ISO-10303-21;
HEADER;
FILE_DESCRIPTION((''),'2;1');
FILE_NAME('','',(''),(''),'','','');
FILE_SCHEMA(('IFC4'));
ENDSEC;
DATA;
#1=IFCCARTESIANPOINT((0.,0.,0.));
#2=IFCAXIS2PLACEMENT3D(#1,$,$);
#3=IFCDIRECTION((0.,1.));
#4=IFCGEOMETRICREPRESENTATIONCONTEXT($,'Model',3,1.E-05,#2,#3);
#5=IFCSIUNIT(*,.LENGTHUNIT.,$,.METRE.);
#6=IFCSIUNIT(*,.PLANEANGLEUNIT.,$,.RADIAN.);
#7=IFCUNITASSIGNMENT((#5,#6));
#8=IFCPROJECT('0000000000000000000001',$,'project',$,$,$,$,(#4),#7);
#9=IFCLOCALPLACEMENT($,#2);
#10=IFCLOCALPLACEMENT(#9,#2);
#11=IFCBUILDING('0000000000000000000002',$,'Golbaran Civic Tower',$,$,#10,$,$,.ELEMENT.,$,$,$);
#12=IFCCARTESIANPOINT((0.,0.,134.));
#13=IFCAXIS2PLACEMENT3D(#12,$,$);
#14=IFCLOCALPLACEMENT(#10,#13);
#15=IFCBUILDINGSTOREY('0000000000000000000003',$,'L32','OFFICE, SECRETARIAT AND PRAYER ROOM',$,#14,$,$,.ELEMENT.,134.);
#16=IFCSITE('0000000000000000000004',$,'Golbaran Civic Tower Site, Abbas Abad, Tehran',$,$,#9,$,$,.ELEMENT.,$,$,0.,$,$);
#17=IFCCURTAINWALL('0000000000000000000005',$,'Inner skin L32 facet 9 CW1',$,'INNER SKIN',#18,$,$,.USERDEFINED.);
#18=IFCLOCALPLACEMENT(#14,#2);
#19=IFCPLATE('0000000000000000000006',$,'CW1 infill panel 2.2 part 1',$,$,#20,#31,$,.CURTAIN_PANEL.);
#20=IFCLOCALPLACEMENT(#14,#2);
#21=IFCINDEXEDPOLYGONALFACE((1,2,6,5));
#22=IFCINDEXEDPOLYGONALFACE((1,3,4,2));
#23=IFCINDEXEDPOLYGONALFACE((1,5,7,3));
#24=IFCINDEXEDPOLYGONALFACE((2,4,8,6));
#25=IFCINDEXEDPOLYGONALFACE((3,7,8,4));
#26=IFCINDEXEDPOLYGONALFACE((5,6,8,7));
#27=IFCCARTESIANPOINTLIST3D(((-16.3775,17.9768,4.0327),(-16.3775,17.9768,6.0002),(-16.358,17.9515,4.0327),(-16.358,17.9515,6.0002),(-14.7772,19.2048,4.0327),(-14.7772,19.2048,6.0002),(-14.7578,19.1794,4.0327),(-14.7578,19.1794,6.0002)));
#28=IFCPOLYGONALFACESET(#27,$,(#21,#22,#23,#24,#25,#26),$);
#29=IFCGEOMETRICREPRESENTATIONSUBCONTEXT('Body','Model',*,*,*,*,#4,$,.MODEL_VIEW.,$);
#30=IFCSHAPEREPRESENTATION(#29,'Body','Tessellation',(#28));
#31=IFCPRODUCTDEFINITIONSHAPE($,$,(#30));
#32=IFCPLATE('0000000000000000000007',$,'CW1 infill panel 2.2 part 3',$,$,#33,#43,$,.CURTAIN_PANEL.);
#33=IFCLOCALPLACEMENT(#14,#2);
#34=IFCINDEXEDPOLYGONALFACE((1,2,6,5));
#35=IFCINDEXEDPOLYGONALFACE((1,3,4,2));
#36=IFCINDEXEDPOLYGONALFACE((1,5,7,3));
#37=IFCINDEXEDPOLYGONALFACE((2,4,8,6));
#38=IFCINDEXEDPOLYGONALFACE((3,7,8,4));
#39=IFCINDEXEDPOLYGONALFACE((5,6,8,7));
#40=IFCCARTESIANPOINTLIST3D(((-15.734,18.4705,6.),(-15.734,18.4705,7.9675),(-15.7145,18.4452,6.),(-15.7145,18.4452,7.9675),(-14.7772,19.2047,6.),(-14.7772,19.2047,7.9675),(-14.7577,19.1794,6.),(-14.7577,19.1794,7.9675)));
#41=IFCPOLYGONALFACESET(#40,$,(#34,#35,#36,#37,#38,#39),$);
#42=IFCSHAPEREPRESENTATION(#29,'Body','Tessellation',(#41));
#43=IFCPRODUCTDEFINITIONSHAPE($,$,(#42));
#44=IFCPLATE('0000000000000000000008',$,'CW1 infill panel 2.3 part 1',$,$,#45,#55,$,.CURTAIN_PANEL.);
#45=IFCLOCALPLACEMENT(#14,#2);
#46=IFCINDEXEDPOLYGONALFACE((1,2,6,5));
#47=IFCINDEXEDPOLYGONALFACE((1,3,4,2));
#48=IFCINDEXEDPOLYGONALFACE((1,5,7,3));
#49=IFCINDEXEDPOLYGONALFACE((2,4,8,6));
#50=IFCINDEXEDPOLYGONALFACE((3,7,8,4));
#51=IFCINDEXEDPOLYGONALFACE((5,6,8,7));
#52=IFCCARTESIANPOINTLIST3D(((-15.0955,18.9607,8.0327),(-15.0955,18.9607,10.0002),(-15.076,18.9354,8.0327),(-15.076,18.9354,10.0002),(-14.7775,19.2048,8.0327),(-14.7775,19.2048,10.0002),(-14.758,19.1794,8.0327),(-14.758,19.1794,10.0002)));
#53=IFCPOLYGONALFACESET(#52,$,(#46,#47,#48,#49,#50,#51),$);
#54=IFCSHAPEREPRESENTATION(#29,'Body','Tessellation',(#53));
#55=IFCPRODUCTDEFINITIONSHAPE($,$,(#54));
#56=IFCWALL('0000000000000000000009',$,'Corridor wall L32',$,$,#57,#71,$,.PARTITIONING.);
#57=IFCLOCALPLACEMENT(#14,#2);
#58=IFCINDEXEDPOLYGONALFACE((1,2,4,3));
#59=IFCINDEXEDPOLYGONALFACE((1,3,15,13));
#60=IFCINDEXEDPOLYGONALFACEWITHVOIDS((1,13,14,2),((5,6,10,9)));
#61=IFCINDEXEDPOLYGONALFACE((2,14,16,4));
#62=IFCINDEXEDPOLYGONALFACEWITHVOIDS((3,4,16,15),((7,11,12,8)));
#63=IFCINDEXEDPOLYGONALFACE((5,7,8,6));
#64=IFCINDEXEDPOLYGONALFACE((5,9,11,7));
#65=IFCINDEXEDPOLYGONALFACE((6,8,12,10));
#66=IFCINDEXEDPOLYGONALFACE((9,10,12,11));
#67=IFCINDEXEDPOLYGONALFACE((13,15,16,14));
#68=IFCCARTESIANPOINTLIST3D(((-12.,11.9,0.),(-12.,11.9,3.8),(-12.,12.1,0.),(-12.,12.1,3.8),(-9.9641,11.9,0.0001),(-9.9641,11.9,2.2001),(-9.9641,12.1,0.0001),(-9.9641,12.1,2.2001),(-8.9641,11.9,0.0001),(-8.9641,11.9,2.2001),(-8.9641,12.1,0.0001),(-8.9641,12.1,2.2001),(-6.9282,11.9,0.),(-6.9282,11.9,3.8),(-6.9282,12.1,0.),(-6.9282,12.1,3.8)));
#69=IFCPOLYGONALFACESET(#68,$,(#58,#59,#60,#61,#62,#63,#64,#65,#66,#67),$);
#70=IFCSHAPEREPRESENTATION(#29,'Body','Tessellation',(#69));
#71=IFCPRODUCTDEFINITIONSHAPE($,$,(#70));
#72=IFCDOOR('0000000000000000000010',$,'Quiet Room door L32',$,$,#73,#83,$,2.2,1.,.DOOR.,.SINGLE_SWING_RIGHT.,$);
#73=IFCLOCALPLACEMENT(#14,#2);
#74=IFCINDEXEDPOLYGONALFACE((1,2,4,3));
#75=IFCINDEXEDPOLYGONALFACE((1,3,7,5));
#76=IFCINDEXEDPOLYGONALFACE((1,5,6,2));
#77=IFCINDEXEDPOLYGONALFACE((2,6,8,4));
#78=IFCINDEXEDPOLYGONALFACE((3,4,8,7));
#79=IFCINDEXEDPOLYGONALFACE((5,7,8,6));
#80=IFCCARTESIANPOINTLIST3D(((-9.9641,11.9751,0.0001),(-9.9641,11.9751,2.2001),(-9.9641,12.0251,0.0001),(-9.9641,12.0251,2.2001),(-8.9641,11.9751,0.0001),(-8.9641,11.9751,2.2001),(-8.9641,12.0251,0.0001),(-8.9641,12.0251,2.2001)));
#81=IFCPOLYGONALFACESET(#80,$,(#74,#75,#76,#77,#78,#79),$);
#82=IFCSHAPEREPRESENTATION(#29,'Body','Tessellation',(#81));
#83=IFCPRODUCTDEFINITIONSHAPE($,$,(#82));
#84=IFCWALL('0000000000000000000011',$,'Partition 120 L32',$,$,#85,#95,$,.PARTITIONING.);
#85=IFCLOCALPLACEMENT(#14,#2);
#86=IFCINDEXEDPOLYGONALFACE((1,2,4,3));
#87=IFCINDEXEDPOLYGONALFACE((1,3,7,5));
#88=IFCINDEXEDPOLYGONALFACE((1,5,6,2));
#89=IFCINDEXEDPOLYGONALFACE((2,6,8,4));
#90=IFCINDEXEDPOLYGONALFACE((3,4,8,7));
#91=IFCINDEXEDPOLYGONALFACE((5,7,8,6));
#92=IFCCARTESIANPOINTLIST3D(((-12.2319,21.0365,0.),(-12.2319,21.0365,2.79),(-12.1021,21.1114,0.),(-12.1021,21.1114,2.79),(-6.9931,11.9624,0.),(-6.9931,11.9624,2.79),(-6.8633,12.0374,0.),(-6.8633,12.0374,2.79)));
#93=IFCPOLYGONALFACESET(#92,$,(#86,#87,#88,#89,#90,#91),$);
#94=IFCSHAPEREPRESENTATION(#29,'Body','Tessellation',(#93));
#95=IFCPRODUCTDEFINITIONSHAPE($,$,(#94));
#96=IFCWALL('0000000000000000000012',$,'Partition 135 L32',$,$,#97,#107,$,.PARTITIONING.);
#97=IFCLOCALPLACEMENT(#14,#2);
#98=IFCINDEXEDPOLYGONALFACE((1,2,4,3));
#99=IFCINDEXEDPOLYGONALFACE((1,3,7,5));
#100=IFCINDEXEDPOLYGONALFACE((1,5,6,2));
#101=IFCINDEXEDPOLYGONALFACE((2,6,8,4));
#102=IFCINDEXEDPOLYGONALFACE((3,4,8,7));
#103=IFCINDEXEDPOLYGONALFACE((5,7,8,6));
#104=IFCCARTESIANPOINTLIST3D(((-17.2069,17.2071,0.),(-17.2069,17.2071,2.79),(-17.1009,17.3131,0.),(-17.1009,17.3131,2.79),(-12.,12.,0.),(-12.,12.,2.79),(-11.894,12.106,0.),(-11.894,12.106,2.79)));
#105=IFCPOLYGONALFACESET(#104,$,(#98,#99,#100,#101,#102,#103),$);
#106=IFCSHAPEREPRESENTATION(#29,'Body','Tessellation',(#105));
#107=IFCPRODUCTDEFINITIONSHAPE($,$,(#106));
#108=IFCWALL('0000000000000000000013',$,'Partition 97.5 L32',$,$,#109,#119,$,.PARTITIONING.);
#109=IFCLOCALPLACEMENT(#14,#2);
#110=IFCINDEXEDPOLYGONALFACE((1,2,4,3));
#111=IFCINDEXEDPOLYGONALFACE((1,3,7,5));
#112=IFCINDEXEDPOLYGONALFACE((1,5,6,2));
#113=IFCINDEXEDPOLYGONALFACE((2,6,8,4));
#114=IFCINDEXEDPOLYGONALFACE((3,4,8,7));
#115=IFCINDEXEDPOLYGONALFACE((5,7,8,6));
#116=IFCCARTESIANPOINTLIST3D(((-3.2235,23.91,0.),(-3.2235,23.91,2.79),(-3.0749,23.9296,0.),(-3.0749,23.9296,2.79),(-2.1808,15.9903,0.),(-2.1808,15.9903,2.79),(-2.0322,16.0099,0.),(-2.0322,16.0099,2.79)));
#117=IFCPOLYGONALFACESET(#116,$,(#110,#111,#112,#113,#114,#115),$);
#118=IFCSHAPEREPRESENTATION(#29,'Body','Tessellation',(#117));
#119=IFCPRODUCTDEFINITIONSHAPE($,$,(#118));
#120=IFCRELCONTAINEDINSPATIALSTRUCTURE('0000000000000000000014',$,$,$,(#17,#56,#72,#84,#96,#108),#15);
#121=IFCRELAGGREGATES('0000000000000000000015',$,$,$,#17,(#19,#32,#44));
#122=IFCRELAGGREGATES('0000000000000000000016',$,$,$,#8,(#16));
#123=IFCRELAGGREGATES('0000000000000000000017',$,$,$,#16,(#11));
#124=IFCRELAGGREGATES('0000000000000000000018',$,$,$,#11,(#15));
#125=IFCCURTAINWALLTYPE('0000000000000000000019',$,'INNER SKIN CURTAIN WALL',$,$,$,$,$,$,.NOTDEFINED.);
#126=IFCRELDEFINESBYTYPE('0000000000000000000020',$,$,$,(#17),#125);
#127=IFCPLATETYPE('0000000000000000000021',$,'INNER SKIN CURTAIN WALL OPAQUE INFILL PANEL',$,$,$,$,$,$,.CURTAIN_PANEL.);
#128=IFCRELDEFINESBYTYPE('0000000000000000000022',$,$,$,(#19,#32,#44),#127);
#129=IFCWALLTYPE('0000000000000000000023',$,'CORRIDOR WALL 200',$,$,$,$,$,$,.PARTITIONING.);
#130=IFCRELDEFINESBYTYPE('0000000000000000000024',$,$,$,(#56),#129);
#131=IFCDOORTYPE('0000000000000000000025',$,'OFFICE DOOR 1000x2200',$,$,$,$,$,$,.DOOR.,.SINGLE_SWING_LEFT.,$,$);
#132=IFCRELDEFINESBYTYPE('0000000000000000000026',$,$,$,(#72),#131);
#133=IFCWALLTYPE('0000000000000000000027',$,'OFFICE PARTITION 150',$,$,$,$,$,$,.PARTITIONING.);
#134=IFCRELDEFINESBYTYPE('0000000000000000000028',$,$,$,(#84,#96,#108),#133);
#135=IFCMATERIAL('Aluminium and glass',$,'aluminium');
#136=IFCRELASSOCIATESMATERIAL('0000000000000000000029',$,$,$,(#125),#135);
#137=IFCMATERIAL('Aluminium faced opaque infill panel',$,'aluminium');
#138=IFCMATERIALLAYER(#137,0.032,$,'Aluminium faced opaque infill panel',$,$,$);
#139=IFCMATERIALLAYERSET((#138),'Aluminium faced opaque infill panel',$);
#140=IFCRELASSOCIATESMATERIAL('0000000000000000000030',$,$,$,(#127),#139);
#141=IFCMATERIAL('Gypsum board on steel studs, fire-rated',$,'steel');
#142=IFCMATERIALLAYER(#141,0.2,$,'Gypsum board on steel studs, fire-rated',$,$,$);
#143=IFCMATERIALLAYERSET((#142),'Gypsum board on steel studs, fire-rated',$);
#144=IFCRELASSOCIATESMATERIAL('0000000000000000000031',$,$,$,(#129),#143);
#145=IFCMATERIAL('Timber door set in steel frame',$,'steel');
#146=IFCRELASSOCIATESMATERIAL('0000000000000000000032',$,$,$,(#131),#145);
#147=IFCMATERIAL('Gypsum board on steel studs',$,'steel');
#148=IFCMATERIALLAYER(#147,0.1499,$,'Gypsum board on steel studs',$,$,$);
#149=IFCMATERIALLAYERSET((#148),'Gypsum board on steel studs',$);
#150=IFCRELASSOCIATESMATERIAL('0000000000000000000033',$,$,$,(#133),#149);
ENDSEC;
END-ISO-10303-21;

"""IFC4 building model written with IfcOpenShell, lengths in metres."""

from ifc_helpers import new_model, si_unit, direction, frame, frame_2d, origin, origin_2d, place, context, subcontext, project, spatial, rectangle, extrude, material, layer, layer_set, type_object, element, fill, aggregate, save


model = new_model("IFC4")

# Units and contexts
model_context = context("Model", 3, precision=1e-05, world=origin(), true_north=direction((0.0, 1.0)))
body_context = subcontext(model_context, "Body", "Model", "MODEL_VIEW")
ifc_project = project(units=[si_unit("LENGTHUNIT", "METRE"), si_unit("PLANEANGLEUNIT", "RADIAN")], contexts=[model_context])

# Site, building, storey
site_placement = place(None, origin())
site = spatial("IfcSite", under=ifc_project, at=site_placement, Name="Golbaran Civic Tower Site, Abbas Abad, Tehran", CompositionType="ELEMENT", RefElevation=0.0)
building_placement = place(site_placement, origin())
building = spatial("IfcBuilding", under=site, at=building_placement, Name="Golbaran Civic Tower", CompositionType="ELEMENT")
storey_placement = place(building_placement, frame((0.0, 0.0, 134.0)))
storey = spatial("IfcBuildingStorey", under=building, at=storey_placement, Name="L32", Description="OFFICE, SECRETARIAT AND PRAYER ROOM", CompositionType="ELEMENT", Elevation=134.0)

# Curtain wall
ifc_material_1 = material(Name="Aluminium and glass", Category="aluminium")
curtain_wall_type = type_object("IfcCurtainWallType", Name="INNER SKIN CURTAIN WALL", PredefinedType="NOTDEFINED", material=ifc_material_1)
curtain_wall_placement = place(storey_placement, origin())
curtain_wall = element("IfcCurtainWall", 1, at=curtain_wall_placement, inside=storey, type_object=curtain_wall_type, Name="Inner skin L32 facet 9 CW1", ObjectType="INNER SKIN", PredefinedType="USERDEFINED")

# Plates
ifc_material_2 = material(Name="Aluminium faced opaque infill panel", Category="aluminium")
ifc_layer_1 = layer(ifc_material_2, 0.032, Name="Aluminium faced opaque infill panel")
ifc_layer_set_1 = layer_set([ifc_layer_1], Name="Aluminium faced opaque infill panel")
plate_type_1 = type_object("IfcPlateType", Name="INNER SKIN CURTAIN WALL OPAQUE INFILL PANEL", PredefinedType="CURTAIN_PANEL", material=ifc_layer_set_1)
plate_1_placement = place(storey_placement, frame((-15.5676, 18.5781, 4.0327), z_axis=(0.0, 0.0, 1.0), x_axis=(-0.793353, -0.608761, 0.0)))
plate_1 = element("IfcPlate", 2, at=plate_1_placement, type_object=plate_type_1, Name="CW1 infill panel 2.2 part 1", PredefinedType="CURTAIN_PANEL", context=body_context, shape_type="SweptSolid", body=[
    extrude(rectangle(XDim=2.0171, YDim=0.032, at=origin_2d()), origin(), (0.0, 0.0, 1.0), 1.9675),
])
plate_2_placement = place(storey_placement, frame((-15.2458, 18.825, 6.0), z_axis=(0.0, 0.0, 1.0), x_axis=(-0.793353, -0.608761, 0.0)))
plate_2 = element("IfcPlate", 3, at=plate_2_placement, type_object=plate_type_1, Name="CW1 infill panel 2.2 part 3", PredefinedType="CURTAIN_PANEL", context=body_context, shape_type="SweptSolid", body=[
    extrude(rectangle(XDim=1.2061, YDim=0.032, at=origin_2d()), origin(), (0.0, 0.0, 1.0), 1.9675),
])
plate_3_placement = place(storey_placement, frame((-14.9268, 19.0701, 8.0327), z_axis=(0.0, 0.0, 1.0), x_axis=(-0.793353, -0.608761, 0.0)))
plate_3 = element("IfcPlate", 4, at=plate_3_placement, type_object=plate_type_1, Name="CW1 infill panel 2.3 part 1", PredefinedType="CURTAIN_PANEL", context=body_context, shape_type="SweptSolid", body=[
    extrude(rectangle(XDim=0.4009, YDim=0.032, at=origin_2d()), origin(), (0.0, 0.0, 1.0), 1.9675),
])
aggregate(curtain_wall, [plate_1, plate_2, plate_3])

# Wall, opening, door
ifc_material_3 = material(Name="Gypsum board on steel studs, fire-rated", Category="steel")
ifc_layer_2 = layer(ifc_material_3, 0.2, Name="Gypsum board on steel studs, fire-rated")
ifc_layer_set_2 = layer_set([ifc_layer_2], Name="Gypsum board on steel studs, fire-rated")
wall_type_1 = type_object("IfcWallType", Name="CORRIDOR WALL 200", PredefinedType="PARTITIONING", material=ifc_layer_set_2)
wall_1_placement = place(storey_placement, frame((-6.9282, 12.0, 0.0), z_axis=(0.0, 0.0, 1.0), x_axis=(-1.0, 0.0, 0.0)))
wall_1 = element("IfcWall", 5, at=wall_1_placement, inside=storey, type_object=wall_type_1, Name="Corridor wall L32", PredefinedType="PARTITIONING", context=body_context, shape_type="SweptSolid", body=[
    extrude(rectangle(XDim=5.0718, YDim=0.2, at=frame_2d((2.5359, 0.0))), origin(), (0.0, 0.0, 1.0), 3.8),
])
opening_placement = place(wall_1_placement, frame((2.0359, 0.0, 0.0)))
opening = element("IfcOpeningElement", 6, at=opening_placement, cuts=wall_1, PredefinedType="OPENING", context=body_context, shape_type="SweptSolid", body=[
    extrude(rectangle(XDim=1.0, YDim=2.2, at=frame_2d((0.5, 1.1001))), frame((0.0, 0.1099, 0.0), z_axis=(0.0, -1.0, 0.0), x_axis=(1.0, 0.0, 0.0)), (0.0, 0.0, 1.0), 0.22),
])
ifc_material_4 = material(Name="Timber door set in steel frame", Category="steel")
door_type = type_object("IfcDoorType", Name="OFFICE DOOR 1000x2200", OperationType="SINGLE_SWING_LEFT", PredefinedType="DOOR", material=ifc_material_4)
door_placement = place(opening_placement, origin())
door = element("IfcDoor", 7, at=door_placement, inside=storey, type_object=door_type, Name="Quiet Room door L32", OperationType="SINGLE_SWING_RIGHT", OverallHeight=2.2, OverallWidth=1.0, PredefinedType="DOOR", context=body_context, shape_type="SweptSolid", body=[
    extrude(rectangle(XDim=1.0, YDim=2.2, at=frame_2d((0.5, 1.1001))), frame((0.0, 0.0249, 0.0), z_axis=(0.0, -1.0, 0.0), x_axis=(1.0, 0.0, 0.0)), (0.0, 0.0, 1.0), 0.05),
])
fill(opening, door)

# Walls
ifc_material_5 = material(Name="Gypsum board on steel studs", Category="steel")
ifc_layer_3 = layer(ifc_material_5, 0.1499, Name="Gypsum board on steel studs")
ifc_layer_set_3 = layer_set([ifc_layer_3], Name="Gypsum board on steel studs")
wall_type_2 = type_object("IfcWallType", Name="OFFICE PARTITION 150", PredefinedType="PARTITIONING", material=ifc_layer_set_3)
wall_2_placement = place(storey_placement, frame((-6.9282, 12.0, 0.0), z_axis=(0.0, 0.0, 1.0), x_axis=(-0.499993, 0.866029, 0.0)))
element("IfcWall", 8, at=wall_2_placement, inside=storey, type_object=wall_type_2, Name="Partition 120 L32", PredefinedType="PARTITIONING", context=body_context, shape_type="SweptSolid", body=[
    extrude(rectangle(XDim=10.4778, YDim=0.1499, at=frame_2d((5.2388, 0.0))), origin(), (0.0, 0.0, 1.0), 2.79),
])
wall_3_placement = place(storey_placement, frame((-11.947, 12.053, 0.0), z_axis=(0.0, 0.0, 1.0), x_axis=(-0.70709, 0.707123, 0.0)))
element("IfcWall", 9, at=wall_3_placement, inside=storey, type_object=wall_type_2, Name="Partition 135 L32", PredefinedType="PARTITIONING", context=body_context, shape_type="SweptSolid", body=[
    extrude(rectangle(XDim=7.3638, YDim=0.1499, at=frame_2d((3.6819, 0.0))), origin(), (0.0, 0.0, 1.0), 2.79),
])
wall_4_placement = place(storey_placement, frame((-2.1064, 16.0, 0.0), z_axis=(0.0, 0.0, 1.0), x_axis=(-0.130536, 0.991444, 0.0)))
element("IfcWall", 10, at=wall_4_placement, inside=storey, type_object=wall_type_2, Name="Partition 97.5 L32", PredefinedType="PARTITIONING", context=body_context, shape_type="SweptSolid", body=[
    extrude(rectangle(XDim=7.988, YDim=0.1499, at=frame_2d((3.9941, 0.0))), origin(), (0.0, 0.0, 1.0), 2.79),
])

save(model, "model.ifc")
